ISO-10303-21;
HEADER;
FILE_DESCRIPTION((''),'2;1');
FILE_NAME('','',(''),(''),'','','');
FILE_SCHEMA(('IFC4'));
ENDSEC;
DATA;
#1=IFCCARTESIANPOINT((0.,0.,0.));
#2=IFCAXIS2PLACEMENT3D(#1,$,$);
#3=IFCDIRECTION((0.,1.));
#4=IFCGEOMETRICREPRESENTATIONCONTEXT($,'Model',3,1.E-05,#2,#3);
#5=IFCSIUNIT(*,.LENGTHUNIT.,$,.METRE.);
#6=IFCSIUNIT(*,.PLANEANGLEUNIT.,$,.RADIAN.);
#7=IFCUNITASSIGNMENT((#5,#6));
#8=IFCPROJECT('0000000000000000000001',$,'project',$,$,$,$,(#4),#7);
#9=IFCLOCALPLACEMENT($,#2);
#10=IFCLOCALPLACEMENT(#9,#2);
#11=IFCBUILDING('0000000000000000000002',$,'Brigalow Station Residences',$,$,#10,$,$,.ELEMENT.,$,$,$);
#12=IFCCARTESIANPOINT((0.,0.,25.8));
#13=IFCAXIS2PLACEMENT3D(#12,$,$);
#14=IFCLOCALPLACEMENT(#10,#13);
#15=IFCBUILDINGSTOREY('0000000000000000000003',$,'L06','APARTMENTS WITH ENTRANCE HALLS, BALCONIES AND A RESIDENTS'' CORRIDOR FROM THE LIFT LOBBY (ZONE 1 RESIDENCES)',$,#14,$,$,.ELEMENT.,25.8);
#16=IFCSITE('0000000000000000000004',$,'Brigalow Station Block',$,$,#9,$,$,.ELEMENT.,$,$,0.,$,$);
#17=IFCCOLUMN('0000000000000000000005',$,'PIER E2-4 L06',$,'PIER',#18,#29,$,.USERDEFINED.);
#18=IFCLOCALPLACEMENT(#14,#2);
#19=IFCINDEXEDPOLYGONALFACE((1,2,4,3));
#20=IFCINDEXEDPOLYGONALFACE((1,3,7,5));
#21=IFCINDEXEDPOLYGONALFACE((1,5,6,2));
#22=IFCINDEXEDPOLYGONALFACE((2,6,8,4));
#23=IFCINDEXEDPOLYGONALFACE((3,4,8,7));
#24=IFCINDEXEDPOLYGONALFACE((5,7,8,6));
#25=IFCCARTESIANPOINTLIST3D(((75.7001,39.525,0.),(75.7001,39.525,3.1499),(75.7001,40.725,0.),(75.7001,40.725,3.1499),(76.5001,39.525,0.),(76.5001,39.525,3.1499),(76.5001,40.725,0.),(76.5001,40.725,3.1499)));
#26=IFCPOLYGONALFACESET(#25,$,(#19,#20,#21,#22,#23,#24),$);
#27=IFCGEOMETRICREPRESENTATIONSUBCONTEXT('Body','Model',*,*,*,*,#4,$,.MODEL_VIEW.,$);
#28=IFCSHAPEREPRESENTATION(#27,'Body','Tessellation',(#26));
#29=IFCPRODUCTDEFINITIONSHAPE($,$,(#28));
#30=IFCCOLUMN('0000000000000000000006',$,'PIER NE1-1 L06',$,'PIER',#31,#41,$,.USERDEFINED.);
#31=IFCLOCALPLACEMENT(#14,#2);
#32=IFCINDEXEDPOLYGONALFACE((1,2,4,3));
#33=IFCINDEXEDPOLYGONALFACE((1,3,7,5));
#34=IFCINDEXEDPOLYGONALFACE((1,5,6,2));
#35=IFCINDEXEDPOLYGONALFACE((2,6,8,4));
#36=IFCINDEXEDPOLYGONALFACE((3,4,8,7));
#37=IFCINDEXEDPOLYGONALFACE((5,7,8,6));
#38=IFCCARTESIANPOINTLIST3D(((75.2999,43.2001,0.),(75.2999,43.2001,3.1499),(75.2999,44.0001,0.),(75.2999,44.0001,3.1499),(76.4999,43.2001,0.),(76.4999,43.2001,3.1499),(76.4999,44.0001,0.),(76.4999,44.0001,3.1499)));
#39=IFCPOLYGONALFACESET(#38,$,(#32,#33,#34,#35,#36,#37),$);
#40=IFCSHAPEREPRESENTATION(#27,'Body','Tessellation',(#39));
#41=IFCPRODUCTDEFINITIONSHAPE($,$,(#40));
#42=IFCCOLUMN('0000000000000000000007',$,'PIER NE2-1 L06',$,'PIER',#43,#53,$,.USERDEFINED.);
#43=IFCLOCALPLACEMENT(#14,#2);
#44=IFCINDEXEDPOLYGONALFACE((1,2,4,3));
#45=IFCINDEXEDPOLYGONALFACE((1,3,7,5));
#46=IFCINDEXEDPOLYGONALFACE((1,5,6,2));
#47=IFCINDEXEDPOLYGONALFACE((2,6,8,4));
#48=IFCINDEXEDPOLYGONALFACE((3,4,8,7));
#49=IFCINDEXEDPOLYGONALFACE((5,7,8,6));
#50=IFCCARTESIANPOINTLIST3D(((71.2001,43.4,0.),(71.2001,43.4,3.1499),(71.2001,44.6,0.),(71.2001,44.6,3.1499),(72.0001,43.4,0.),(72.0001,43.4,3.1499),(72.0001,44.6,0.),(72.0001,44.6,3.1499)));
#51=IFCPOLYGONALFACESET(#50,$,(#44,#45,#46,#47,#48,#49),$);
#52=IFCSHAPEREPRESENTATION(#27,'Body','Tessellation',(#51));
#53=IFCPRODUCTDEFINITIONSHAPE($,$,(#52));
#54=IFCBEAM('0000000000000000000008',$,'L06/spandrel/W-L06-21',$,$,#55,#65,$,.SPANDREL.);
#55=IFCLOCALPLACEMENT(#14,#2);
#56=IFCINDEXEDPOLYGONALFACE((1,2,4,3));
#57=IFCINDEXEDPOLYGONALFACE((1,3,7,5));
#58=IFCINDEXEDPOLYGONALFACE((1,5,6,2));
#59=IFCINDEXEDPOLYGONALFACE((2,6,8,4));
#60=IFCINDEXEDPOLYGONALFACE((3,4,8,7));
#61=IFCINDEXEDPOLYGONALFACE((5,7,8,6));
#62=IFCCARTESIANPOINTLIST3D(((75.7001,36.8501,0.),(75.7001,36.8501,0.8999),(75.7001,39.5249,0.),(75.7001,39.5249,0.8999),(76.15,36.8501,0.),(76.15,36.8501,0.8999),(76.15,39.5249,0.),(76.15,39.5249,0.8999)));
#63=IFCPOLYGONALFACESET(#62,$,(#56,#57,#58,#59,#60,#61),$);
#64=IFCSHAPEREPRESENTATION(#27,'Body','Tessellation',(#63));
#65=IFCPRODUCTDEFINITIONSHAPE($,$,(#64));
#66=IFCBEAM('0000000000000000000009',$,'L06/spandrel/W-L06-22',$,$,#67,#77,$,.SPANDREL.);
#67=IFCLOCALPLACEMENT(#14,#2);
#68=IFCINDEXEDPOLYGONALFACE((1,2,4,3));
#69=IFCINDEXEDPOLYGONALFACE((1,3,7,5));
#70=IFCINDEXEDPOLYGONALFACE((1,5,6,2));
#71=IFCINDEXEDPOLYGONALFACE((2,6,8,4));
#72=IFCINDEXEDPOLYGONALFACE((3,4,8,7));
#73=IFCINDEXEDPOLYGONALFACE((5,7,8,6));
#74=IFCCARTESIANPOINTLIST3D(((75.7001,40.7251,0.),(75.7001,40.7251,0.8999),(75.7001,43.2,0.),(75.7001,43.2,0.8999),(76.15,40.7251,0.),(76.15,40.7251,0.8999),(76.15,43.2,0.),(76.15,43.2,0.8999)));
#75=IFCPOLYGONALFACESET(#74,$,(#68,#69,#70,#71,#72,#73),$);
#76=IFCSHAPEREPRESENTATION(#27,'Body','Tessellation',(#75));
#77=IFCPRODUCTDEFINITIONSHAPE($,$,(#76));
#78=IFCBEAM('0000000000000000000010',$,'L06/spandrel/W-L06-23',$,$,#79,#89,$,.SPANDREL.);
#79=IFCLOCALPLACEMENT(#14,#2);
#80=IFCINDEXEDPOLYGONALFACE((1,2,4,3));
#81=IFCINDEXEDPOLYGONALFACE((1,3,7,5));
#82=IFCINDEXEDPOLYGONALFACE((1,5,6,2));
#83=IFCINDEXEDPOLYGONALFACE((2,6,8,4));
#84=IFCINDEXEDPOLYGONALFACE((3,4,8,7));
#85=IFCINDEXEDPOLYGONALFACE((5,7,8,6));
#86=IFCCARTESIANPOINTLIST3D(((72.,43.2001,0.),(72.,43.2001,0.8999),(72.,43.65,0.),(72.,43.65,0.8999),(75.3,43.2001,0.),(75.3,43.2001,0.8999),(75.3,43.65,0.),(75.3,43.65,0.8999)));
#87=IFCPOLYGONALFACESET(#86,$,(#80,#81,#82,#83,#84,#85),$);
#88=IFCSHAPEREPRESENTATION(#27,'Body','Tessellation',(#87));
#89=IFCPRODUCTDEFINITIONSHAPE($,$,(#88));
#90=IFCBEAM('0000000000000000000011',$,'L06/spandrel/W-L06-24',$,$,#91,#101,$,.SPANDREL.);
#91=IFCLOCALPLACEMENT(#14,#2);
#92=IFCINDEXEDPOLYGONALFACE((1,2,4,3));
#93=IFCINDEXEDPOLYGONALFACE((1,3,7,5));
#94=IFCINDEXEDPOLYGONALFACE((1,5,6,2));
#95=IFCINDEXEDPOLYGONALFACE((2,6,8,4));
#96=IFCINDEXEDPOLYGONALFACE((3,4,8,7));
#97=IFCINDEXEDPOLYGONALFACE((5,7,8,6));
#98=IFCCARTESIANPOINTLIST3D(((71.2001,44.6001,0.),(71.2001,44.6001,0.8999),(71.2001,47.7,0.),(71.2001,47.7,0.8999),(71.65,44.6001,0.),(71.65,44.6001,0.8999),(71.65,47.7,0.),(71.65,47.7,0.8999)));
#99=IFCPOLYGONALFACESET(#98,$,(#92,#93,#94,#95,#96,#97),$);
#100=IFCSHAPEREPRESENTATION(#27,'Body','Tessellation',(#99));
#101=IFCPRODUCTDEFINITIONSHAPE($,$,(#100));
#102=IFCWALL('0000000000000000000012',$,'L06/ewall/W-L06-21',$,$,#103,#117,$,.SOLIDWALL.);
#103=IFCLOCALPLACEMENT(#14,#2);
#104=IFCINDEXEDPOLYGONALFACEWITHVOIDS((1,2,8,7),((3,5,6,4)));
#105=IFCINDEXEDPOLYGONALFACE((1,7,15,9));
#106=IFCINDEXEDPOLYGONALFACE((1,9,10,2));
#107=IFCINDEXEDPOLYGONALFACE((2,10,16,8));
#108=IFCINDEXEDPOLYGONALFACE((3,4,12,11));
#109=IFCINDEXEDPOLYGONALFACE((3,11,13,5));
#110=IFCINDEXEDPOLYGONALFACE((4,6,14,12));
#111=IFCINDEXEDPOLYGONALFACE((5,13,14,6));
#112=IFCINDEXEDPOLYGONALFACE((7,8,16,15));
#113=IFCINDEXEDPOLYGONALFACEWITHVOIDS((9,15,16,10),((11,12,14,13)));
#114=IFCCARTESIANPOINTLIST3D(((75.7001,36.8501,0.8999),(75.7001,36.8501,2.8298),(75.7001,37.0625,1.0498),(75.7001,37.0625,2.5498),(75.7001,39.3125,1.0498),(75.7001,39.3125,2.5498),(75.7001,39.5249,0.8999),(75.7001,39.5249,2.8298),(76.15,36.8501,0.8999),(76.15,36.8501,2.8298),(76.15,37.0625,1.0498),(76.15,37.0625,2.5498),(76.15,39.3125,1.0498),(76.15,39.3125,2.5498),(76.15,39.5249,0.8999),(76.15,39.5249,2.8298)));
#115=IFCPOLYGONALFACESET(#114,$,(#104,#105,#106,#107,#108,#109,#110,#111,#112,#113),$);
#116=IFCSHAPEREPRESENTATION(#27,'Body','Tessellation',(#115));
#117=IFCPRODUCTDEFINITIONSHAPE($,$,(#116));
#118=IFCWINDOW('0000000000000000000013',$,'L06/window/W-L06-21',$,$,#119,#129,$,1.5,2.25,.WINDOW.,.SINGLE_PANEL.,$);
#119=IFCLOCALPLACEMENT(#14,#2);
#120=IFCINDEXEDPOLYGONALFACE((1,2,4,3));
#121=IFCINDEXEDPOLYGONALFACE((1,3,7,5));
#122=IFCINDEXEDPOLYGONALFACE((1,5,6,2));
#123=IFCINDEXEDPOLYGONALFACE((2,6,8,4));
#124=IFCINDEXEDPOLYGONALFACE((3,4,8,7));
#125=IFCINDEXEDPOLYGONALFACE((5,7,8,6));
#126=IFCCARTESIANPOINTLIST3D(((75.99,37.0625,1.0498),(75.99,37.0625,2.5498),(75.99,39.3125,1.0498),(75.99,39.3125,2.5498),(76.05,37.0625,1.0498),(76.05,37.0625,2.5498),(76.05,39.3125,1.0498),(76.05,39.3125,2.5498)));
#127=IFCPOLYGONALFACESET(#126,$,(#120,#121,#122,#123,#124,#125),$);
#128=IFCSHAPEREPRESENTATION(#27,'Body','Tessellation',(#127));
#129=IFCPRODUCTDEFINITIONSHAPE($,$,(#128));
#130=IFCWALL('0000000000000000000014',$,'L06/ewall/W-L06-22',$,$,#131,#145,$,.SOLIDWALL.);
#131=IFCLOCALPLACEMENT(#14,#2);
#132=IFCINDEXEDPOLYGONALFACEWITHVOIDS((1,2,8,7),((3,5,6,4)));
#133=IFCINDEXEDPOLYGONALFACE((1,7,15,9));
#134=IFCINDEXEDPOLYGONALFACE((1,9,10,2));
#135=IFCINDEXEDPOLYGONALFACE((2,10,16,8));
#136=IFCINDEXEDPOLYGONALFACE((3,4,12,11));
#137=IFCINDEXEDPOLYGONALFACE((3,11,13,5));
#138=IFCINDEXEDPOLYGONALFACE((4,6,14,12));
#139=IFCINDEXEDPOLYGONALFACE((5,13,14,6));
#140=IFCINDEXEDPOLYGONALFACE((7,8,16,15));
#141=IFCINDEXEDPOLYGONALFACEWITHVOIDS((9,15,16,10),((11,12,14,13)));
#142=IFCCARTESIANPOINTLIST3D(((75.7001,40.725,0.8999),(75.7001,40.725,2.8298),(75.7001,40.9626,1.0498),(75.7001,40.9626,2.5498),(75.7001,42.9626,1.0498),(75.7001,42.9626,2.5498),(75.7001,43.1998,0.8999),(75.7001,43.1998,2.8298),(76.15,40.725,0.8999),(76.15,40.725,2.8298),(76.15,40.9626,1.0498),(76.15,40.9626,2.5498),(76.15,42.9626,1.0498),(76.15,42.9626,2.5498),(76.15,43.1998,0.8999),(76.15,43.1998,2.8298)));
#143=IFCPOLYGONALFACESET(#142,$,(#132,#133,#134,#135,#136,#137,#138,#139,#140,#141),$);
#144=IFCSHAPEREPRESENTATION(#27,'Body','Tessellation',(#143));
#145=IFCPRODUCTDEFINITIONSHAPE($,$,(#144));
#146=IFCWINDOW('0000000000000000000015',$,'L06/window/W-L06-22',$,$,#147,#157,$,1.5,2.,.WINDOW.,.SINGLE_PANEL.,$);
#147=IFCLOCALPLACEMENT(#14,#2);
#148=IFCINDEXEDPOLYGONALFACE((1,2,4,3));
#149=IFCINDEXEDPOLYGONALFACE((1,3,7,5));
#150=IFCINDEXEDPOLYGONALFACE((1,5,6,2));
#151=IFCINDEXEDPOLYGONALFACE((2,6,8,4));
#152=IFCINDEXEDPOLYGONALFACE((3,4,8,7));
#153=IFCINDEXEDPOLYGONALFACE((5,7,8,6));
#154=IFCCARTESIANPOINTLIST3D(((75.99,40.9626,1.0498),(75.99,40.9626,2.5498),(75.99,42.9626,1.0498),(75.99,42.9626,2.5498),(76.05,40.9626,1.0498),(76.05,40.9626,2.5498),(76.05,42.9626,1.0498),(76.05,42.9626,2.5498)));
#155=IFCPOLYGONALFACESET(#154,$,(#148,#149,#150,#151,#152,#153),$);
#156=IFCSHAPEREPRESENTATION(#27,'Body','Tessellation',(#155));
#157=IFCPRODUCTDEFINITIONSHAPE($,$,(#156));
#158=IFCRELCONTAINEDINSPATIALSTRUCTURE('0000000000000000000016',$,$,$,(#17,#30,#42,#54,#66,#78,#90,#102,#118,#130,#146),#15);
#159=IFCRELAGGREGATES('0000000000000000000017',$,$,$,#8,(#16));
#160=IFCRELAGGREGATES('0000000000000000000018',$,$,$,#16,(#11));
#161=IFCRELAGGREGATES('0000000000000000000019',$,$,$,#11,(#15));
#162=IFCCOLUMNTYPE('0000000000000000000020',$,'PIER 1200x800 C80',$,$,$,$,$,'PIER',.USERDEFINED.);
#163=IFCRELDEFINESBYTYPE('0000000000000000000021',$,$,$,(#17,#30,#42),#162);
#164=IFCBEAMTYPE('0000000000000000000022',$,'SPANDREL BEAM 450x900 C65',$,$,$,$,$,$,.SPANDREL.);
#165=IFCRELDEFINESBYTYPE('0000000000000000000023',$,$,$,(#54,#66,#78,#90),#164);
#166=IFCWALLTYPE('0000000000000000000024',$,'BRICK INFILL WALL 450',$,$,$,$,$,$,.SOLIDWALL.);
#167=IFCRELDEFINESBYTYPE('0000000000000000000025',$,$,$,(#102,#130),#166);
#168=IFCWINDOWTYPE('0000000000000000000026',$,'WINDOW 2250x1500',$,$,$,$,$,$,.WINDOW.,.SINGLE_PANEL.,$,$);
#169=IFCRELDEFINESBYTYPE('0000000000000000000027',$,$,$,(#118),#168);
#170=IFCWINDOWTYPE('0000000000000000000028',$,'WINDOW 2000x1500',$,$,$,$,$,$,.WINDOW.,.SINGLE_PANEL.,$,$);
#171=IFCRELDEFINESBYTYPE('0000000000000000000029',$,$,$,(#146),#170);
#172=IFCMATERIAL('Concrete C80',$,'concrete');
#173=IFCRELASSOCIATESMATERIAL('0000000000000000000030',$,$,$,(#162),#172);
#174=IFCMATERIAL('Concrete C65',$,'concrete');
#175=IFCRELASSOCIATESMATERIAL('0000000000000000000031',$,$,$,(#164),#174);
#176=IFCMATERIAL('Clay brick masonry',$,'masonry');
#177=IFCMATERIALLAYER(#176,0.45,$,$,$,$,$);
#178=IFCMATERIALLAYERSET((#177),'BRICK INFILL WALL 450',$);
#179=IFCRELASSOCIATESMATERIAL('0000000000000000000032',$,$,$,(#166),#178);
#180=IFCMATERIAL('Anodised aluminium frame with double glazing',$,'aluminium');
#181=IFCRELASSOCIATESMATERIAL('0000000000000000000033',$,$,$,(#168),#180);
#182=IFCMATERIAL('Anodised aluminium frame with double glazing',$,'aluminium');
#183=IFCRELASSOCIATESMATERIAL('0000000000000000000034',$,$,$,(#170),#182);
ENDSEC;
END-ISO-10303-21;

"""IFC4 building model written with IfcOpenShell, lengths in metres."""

from ifc_helpers import new_model, si_unit, direction, frame, frame_2d, origin, origin_2d, place, context, subcontext, project, spatial, rectangle, extrude, material, layer, layer_set, material_profile, profile_set, type_object, element, fill, save


model = new_model("IFC4")

# Units and contexts
model_context = context("Model", 3, precision=1e-05, world=origin(), true_north=direction((0.0, 1.0)))
body_context = subcontext(model_context, "Body", "Model", "MODEL_VIEW")
ifc_project = project(units=[si_unit("LENGTHUNIT", "METRE"), si_unit("PLANEANGLEUNIT", "RADIAN")], contexts=[model_context])

# Site, building, storey
site_placement = place(None, origin())
site = spatial("IfcSite", under=ifc_project, at=site_placement, Name="Brigalow Station Block", CompositionType="ELEMENT", RefElevation=0.0)
building_placement = place(site_placement, origin())
building = spatial("IfcBuilding", under=site, at=building_placement, Name="Brigalow Station Residences", CompositionType="ELEMENT")
storey_placement = place(building_placement, frame((0.0, 0.0, 25.8)))
storey = spatial("IfcBuildingStorey", under=building, at=storey_placement, Name="L06", Description="APARTMENTS WITH ENTRANCE HALLS, BALCONIES AND A RESIDENTS' CORRIDOR FROM THE LIFT LOBBY (ZONE 1 RESIDENCES)", CompositionType="ELEMENT", Elevation=25.8)

# Columns
ifc_material_1 = material(Name="Concrete C80", Category="concrete")
ifc_material_profile_1 = material_profile(ifc_material_1, rectangle(XDim=1.2, YDim=0.8, at=origin_2d()), Name="RC1200x800")
ifc_profile_set_1 = profile_set([ifc_material_profile_1], Name="Concrete C80")
column_type = type_object("IfcColumnType", Name="PIER 1200x800 C80", ElementType="PIER", PredefinedType="USERDEFINED", material=ifc_profile_set_1)
for number, where, z_axis, x_axis, name in (
    (1, (76.1001, 40.125, 0.0), (0.0, 0.0, 1.0), (0.0, 1.0, 0.0), "PIER E2-4 L06"),
    (2, (75.8999, 43.6001, 0.0), (0.0, 0.0, 1.0), (-1.0, 0.0, 0.0), "PIER NE1-1 L06"),
    (3, (71.6001, 44.0, 0.0), (0.0, 0.0, 1.0), (0.0, 1.0, 0.0), "PIER NE2-1 L06"),
):
    element("IfcColumn", number, at=place(storey_placement, frame(where, z_axis=z_axis, x_axis=x_axis)), inside=storey, type_object=column_type, Name=name, ObjectType="PIER", PredefinedType="USERDEFINED", context=body_context, shape_type="SweptSolid", body=[
        extrude(rectangle(XDim=1.2, YDim=0.8, at=origin_2d()), origin(), (0.0, 0.0, 1.0), 3.1499),
    ])

# Beams
ifc_material_2 = material(Name="Concrete C65", Category="concrete")
ifc_material_profile_2 = material_profile(ifc_material_2, rectangle(XDim=0.45, YDim=0.8999, at=origin_2d()), Name="RC450x900")
ifc_profile_set_2 = profile_set([ifc_material_profile_2], Name="Concrete C65")
beam_type = type_object("IfcBeamType", Name="SPANDREL BEAM 450x900 C65", PredefinedType="SPANDREL", material=ifc_profile_set_2)
beam_1_placement = place(storey_placement, frame((75.925, 36.8501, 0.45), z_axis=(0.0, 1.0, 0.0), x_axis=(-1.0, 0.0, 0.0)))
element("IfcBeam", 4, at=beam_1_placement, inside=storey, type_object=beam_type, Name="L06/spandrel/W-L06-21", PredefinedType="SPANDREL", context=body_context, shape_type="SweptSolid", body=[
    extrude(rectangle(XDim=0.45, YDim=0.8999, at=origin_2d()), origin(), (0.0, 0.0, 1.0), 2.6748),
])
beam_2_placement = place(storey_placement, frame((75.925, 40.7251, 0.45), z_axis=(0.0, 1.0, 0.0), x_axis=(-1.0, 0.0, 0.0)))
element("IfcBeam", 5, at=beam_2_placement, inside=storey, type_object=beam_type, Name="L06/spandrel/W-L06-22", PredefinedType="SPANDREL", context=body_context, shape_type="SweptSolid", body=[
    extrude(rectangle(XDim=0.45, YDim=0.8999, at=origin_2d()), origin(), (0.0, 0.0, 1.0), 2.4749),
])
beam_3_placement = place(storey_placement, frame((75.3, 43.425, 0.45), z_axis=(-1.0, 0.0, 0.0), x_axis=(0.0, -1.0, 0.0)))
element("IfcBeam", 6, at=beam_3_placement, inside=storey, type_object=beam_type, Name="L06/spandrel/W-L06-23", PredefinedType="SPANDREL", context=body_context, shape_type="SweptSolid", body=[
    extrude(rectangle(XDim=0.45, YDim=0.8999, at=origin_2d()), origin(), (0.0, 0.0, 1.0), 3.3),
])
beam_4_placement = place(storey_placement, frame((71.425, 44.6001, 0.45), z_axis=(0.0, 1.0, 0.0), x_axis=(-1.0, 0.0, 0.0)))
element("IfcBeam", 7, at=beam_4_placement, inside=storey, type_object=beam_type, Name="L06/spandrel/W-L06-24", PredefinedType="SPANDREL", context=body_context, shape_type="SweptSolid", body=[
    extrude(rectangle(XDim=0.45, YDim=0.8999, at=origin_2d()), origin(), (0.0, 0.0, 1.0), 3.0999),
])

# Walls, openings, windows
ifc_material_3 = material(Name="Clay brick masonry", Category="masonry")
ifc_layer_1 = layer(ifc_material_3, 0.45)
ifc_layer_set_1 = layer_set([ifc_layer_1], Name="BRICK INFILL WALL 450")
wall_type_1 = type_object("IfcWallType", Name="BRICK INFILL WALL 450", PredefinedType="SOLIDWALL", material=ifc_layer_set_1)
wall_1_placement = place(storey_placement, frame((75.925, 36.8501, 0.8999), z_axis=(0.0, 0.0, 1.0), x_axis=(0.0, 1.0, 0.0)))
wall_1 = element("IfcWall", 8, at=wall_1_placement, inside=storey, type_object=wall_type_1, Name="L06/ewall/W-L06-21", PredefinedType="SOLIDWALL", context=body_context, shape_type="SweptSolid", body=[
    extrude(rectangle(XDim=2.6748, YDim=0.45, at=frame_2d((1.3374, 0.0))), origin(), (0.0, 0.0, 1.0), 1.9299),
])
opening_1_placement = place(wall_1_placement, frame((0.2124, 0.0, 0.1499)))
opening_1 = element("IfcOpeningElement", 9, at=opening_1_placement, cuts=wall_1, PredefinedType="OPENING", context=body_context, shape_type="SweptSolid", body=[
    extrude(rectangle(XDim=2.25, YDim=1.5, at=frame_2d((1.125, 0.75))), frame((0.0, 0.2349, 0.0), z_axis=(0.0, -1.0, 0.0), x_axis=(1.0, 0.0, 0.0)), (0.0, 0.0, 1.0), 0.47),
])
ifc_material_4 = material(Name="Anodised aluminium frame with double glazing", Category="aluminium")
window_type_1 = type_object("IfcWindowType", Name="WINDOW 2250x1500", PartitioningType="SINGLE_PANEL", PredefinedType="WINDOW", material=ifc_material_4)
window_1_placement = place(opening_1_placement, origin())
window_1 = element("IfcWindow", 10, at=window_1_placement, inside=storey, type_object=window_type_1, Name="L06/window/W-L06-21", OverallHeight=1.5, OverallWidth=2.25, PartitioningType="SINGLE_PANEL", PredefinedType="WINDOW", context=body_context, shape_type="SweptSolid", body=[
    extrude(rectangle(XDim=2.25, YDim=1.5, at=frame_2d((1.125, 0.75))), frame((0.0, -0.0649, 0.0), z_axis=(0.0, -1.0, 0.0), x_axis=(1.0, 0.0, 0.0)), (0.0, 0.0, 1.0), 0.0601),
])
fill(opening_1, window_1)
wall_2_placement = place(storey_placement, frame((75.925, 40.7251, 0.8999), z_axis=(0.0, 0.0, 1.0), x_axis=(0.0, 1.0, 0.0)))
wall_2 = element("IfcWall", 11, at=wall_2_placement, inside=storey, type_object=wall_type_1, Name="L06/ewall/W-L06-22", PredefinedType="SOLIDWALL", context=body_context, shape_type="SweptSolid", body=[
    extrude(rectangle(XDim=2.4749, YDim=0.45, at=frame_2d((1.2373, 0.0))), origin(), (0.0, 0.0, 1.0), 1.9299),
])
opening_2_placement = place(wall_2_placement, frame((0.2375, 0.0, 0.1499)))
opening_2 = element("IfcOpeningElement", 12, at=opening_2_placement, cuts=wall_2, PredefinedType="OPENING", context=body_context, shape_type="SweptSolid", body=[
    extrude(rectangle(XDim=2.0, YDim=1.5, at=frame_2d((1.0, 0.75))), frame((0.0, 0.2349, 0.0), z_axis=(0.0, -1.0, 0.0), x_axis=(1.0, 0.0, 0.0)), (0.0, 0.0, 1.0), 0.47),
])
ifc_material_5 = material(Name="Anodised aluminium frame with double glazing", Category="aluminium")
window_type_2 = type_object("IfcWindowType", Name="WINDOW 2000x1500", PartitioningType="SINGLE_PANEL", PredefinedType="WINDOW", material=ifc_material_5)
window_2_placement = place(opening_2_placement, origin())
window_2 = element("IfcWindow", 13, at=window_2_placement, inside=storey, type_object=window_type_2, Name="L06/window/W-L06-22", OverallHeight=1.5, OverallWidth=2.0, PartitioningType="SINGLE_PANEL", PredefinedType="WINDOW", context=body_context, shape_type="SweptSolid", body=[
    extrude(rectangle(XDim=2.0, YDim=1.5, at=frame_2d((1.0, 0.75))), frame((0.0, -0.0649, 0.0), z_axis=(0.0, -1.0, 0.0), x_axis=(1.0, 0.0, 0.0)), (0.0, 0.0, 1.0), 0.0601),
])
fill(opening_2, window_2)

save(model, "model.ifc")
